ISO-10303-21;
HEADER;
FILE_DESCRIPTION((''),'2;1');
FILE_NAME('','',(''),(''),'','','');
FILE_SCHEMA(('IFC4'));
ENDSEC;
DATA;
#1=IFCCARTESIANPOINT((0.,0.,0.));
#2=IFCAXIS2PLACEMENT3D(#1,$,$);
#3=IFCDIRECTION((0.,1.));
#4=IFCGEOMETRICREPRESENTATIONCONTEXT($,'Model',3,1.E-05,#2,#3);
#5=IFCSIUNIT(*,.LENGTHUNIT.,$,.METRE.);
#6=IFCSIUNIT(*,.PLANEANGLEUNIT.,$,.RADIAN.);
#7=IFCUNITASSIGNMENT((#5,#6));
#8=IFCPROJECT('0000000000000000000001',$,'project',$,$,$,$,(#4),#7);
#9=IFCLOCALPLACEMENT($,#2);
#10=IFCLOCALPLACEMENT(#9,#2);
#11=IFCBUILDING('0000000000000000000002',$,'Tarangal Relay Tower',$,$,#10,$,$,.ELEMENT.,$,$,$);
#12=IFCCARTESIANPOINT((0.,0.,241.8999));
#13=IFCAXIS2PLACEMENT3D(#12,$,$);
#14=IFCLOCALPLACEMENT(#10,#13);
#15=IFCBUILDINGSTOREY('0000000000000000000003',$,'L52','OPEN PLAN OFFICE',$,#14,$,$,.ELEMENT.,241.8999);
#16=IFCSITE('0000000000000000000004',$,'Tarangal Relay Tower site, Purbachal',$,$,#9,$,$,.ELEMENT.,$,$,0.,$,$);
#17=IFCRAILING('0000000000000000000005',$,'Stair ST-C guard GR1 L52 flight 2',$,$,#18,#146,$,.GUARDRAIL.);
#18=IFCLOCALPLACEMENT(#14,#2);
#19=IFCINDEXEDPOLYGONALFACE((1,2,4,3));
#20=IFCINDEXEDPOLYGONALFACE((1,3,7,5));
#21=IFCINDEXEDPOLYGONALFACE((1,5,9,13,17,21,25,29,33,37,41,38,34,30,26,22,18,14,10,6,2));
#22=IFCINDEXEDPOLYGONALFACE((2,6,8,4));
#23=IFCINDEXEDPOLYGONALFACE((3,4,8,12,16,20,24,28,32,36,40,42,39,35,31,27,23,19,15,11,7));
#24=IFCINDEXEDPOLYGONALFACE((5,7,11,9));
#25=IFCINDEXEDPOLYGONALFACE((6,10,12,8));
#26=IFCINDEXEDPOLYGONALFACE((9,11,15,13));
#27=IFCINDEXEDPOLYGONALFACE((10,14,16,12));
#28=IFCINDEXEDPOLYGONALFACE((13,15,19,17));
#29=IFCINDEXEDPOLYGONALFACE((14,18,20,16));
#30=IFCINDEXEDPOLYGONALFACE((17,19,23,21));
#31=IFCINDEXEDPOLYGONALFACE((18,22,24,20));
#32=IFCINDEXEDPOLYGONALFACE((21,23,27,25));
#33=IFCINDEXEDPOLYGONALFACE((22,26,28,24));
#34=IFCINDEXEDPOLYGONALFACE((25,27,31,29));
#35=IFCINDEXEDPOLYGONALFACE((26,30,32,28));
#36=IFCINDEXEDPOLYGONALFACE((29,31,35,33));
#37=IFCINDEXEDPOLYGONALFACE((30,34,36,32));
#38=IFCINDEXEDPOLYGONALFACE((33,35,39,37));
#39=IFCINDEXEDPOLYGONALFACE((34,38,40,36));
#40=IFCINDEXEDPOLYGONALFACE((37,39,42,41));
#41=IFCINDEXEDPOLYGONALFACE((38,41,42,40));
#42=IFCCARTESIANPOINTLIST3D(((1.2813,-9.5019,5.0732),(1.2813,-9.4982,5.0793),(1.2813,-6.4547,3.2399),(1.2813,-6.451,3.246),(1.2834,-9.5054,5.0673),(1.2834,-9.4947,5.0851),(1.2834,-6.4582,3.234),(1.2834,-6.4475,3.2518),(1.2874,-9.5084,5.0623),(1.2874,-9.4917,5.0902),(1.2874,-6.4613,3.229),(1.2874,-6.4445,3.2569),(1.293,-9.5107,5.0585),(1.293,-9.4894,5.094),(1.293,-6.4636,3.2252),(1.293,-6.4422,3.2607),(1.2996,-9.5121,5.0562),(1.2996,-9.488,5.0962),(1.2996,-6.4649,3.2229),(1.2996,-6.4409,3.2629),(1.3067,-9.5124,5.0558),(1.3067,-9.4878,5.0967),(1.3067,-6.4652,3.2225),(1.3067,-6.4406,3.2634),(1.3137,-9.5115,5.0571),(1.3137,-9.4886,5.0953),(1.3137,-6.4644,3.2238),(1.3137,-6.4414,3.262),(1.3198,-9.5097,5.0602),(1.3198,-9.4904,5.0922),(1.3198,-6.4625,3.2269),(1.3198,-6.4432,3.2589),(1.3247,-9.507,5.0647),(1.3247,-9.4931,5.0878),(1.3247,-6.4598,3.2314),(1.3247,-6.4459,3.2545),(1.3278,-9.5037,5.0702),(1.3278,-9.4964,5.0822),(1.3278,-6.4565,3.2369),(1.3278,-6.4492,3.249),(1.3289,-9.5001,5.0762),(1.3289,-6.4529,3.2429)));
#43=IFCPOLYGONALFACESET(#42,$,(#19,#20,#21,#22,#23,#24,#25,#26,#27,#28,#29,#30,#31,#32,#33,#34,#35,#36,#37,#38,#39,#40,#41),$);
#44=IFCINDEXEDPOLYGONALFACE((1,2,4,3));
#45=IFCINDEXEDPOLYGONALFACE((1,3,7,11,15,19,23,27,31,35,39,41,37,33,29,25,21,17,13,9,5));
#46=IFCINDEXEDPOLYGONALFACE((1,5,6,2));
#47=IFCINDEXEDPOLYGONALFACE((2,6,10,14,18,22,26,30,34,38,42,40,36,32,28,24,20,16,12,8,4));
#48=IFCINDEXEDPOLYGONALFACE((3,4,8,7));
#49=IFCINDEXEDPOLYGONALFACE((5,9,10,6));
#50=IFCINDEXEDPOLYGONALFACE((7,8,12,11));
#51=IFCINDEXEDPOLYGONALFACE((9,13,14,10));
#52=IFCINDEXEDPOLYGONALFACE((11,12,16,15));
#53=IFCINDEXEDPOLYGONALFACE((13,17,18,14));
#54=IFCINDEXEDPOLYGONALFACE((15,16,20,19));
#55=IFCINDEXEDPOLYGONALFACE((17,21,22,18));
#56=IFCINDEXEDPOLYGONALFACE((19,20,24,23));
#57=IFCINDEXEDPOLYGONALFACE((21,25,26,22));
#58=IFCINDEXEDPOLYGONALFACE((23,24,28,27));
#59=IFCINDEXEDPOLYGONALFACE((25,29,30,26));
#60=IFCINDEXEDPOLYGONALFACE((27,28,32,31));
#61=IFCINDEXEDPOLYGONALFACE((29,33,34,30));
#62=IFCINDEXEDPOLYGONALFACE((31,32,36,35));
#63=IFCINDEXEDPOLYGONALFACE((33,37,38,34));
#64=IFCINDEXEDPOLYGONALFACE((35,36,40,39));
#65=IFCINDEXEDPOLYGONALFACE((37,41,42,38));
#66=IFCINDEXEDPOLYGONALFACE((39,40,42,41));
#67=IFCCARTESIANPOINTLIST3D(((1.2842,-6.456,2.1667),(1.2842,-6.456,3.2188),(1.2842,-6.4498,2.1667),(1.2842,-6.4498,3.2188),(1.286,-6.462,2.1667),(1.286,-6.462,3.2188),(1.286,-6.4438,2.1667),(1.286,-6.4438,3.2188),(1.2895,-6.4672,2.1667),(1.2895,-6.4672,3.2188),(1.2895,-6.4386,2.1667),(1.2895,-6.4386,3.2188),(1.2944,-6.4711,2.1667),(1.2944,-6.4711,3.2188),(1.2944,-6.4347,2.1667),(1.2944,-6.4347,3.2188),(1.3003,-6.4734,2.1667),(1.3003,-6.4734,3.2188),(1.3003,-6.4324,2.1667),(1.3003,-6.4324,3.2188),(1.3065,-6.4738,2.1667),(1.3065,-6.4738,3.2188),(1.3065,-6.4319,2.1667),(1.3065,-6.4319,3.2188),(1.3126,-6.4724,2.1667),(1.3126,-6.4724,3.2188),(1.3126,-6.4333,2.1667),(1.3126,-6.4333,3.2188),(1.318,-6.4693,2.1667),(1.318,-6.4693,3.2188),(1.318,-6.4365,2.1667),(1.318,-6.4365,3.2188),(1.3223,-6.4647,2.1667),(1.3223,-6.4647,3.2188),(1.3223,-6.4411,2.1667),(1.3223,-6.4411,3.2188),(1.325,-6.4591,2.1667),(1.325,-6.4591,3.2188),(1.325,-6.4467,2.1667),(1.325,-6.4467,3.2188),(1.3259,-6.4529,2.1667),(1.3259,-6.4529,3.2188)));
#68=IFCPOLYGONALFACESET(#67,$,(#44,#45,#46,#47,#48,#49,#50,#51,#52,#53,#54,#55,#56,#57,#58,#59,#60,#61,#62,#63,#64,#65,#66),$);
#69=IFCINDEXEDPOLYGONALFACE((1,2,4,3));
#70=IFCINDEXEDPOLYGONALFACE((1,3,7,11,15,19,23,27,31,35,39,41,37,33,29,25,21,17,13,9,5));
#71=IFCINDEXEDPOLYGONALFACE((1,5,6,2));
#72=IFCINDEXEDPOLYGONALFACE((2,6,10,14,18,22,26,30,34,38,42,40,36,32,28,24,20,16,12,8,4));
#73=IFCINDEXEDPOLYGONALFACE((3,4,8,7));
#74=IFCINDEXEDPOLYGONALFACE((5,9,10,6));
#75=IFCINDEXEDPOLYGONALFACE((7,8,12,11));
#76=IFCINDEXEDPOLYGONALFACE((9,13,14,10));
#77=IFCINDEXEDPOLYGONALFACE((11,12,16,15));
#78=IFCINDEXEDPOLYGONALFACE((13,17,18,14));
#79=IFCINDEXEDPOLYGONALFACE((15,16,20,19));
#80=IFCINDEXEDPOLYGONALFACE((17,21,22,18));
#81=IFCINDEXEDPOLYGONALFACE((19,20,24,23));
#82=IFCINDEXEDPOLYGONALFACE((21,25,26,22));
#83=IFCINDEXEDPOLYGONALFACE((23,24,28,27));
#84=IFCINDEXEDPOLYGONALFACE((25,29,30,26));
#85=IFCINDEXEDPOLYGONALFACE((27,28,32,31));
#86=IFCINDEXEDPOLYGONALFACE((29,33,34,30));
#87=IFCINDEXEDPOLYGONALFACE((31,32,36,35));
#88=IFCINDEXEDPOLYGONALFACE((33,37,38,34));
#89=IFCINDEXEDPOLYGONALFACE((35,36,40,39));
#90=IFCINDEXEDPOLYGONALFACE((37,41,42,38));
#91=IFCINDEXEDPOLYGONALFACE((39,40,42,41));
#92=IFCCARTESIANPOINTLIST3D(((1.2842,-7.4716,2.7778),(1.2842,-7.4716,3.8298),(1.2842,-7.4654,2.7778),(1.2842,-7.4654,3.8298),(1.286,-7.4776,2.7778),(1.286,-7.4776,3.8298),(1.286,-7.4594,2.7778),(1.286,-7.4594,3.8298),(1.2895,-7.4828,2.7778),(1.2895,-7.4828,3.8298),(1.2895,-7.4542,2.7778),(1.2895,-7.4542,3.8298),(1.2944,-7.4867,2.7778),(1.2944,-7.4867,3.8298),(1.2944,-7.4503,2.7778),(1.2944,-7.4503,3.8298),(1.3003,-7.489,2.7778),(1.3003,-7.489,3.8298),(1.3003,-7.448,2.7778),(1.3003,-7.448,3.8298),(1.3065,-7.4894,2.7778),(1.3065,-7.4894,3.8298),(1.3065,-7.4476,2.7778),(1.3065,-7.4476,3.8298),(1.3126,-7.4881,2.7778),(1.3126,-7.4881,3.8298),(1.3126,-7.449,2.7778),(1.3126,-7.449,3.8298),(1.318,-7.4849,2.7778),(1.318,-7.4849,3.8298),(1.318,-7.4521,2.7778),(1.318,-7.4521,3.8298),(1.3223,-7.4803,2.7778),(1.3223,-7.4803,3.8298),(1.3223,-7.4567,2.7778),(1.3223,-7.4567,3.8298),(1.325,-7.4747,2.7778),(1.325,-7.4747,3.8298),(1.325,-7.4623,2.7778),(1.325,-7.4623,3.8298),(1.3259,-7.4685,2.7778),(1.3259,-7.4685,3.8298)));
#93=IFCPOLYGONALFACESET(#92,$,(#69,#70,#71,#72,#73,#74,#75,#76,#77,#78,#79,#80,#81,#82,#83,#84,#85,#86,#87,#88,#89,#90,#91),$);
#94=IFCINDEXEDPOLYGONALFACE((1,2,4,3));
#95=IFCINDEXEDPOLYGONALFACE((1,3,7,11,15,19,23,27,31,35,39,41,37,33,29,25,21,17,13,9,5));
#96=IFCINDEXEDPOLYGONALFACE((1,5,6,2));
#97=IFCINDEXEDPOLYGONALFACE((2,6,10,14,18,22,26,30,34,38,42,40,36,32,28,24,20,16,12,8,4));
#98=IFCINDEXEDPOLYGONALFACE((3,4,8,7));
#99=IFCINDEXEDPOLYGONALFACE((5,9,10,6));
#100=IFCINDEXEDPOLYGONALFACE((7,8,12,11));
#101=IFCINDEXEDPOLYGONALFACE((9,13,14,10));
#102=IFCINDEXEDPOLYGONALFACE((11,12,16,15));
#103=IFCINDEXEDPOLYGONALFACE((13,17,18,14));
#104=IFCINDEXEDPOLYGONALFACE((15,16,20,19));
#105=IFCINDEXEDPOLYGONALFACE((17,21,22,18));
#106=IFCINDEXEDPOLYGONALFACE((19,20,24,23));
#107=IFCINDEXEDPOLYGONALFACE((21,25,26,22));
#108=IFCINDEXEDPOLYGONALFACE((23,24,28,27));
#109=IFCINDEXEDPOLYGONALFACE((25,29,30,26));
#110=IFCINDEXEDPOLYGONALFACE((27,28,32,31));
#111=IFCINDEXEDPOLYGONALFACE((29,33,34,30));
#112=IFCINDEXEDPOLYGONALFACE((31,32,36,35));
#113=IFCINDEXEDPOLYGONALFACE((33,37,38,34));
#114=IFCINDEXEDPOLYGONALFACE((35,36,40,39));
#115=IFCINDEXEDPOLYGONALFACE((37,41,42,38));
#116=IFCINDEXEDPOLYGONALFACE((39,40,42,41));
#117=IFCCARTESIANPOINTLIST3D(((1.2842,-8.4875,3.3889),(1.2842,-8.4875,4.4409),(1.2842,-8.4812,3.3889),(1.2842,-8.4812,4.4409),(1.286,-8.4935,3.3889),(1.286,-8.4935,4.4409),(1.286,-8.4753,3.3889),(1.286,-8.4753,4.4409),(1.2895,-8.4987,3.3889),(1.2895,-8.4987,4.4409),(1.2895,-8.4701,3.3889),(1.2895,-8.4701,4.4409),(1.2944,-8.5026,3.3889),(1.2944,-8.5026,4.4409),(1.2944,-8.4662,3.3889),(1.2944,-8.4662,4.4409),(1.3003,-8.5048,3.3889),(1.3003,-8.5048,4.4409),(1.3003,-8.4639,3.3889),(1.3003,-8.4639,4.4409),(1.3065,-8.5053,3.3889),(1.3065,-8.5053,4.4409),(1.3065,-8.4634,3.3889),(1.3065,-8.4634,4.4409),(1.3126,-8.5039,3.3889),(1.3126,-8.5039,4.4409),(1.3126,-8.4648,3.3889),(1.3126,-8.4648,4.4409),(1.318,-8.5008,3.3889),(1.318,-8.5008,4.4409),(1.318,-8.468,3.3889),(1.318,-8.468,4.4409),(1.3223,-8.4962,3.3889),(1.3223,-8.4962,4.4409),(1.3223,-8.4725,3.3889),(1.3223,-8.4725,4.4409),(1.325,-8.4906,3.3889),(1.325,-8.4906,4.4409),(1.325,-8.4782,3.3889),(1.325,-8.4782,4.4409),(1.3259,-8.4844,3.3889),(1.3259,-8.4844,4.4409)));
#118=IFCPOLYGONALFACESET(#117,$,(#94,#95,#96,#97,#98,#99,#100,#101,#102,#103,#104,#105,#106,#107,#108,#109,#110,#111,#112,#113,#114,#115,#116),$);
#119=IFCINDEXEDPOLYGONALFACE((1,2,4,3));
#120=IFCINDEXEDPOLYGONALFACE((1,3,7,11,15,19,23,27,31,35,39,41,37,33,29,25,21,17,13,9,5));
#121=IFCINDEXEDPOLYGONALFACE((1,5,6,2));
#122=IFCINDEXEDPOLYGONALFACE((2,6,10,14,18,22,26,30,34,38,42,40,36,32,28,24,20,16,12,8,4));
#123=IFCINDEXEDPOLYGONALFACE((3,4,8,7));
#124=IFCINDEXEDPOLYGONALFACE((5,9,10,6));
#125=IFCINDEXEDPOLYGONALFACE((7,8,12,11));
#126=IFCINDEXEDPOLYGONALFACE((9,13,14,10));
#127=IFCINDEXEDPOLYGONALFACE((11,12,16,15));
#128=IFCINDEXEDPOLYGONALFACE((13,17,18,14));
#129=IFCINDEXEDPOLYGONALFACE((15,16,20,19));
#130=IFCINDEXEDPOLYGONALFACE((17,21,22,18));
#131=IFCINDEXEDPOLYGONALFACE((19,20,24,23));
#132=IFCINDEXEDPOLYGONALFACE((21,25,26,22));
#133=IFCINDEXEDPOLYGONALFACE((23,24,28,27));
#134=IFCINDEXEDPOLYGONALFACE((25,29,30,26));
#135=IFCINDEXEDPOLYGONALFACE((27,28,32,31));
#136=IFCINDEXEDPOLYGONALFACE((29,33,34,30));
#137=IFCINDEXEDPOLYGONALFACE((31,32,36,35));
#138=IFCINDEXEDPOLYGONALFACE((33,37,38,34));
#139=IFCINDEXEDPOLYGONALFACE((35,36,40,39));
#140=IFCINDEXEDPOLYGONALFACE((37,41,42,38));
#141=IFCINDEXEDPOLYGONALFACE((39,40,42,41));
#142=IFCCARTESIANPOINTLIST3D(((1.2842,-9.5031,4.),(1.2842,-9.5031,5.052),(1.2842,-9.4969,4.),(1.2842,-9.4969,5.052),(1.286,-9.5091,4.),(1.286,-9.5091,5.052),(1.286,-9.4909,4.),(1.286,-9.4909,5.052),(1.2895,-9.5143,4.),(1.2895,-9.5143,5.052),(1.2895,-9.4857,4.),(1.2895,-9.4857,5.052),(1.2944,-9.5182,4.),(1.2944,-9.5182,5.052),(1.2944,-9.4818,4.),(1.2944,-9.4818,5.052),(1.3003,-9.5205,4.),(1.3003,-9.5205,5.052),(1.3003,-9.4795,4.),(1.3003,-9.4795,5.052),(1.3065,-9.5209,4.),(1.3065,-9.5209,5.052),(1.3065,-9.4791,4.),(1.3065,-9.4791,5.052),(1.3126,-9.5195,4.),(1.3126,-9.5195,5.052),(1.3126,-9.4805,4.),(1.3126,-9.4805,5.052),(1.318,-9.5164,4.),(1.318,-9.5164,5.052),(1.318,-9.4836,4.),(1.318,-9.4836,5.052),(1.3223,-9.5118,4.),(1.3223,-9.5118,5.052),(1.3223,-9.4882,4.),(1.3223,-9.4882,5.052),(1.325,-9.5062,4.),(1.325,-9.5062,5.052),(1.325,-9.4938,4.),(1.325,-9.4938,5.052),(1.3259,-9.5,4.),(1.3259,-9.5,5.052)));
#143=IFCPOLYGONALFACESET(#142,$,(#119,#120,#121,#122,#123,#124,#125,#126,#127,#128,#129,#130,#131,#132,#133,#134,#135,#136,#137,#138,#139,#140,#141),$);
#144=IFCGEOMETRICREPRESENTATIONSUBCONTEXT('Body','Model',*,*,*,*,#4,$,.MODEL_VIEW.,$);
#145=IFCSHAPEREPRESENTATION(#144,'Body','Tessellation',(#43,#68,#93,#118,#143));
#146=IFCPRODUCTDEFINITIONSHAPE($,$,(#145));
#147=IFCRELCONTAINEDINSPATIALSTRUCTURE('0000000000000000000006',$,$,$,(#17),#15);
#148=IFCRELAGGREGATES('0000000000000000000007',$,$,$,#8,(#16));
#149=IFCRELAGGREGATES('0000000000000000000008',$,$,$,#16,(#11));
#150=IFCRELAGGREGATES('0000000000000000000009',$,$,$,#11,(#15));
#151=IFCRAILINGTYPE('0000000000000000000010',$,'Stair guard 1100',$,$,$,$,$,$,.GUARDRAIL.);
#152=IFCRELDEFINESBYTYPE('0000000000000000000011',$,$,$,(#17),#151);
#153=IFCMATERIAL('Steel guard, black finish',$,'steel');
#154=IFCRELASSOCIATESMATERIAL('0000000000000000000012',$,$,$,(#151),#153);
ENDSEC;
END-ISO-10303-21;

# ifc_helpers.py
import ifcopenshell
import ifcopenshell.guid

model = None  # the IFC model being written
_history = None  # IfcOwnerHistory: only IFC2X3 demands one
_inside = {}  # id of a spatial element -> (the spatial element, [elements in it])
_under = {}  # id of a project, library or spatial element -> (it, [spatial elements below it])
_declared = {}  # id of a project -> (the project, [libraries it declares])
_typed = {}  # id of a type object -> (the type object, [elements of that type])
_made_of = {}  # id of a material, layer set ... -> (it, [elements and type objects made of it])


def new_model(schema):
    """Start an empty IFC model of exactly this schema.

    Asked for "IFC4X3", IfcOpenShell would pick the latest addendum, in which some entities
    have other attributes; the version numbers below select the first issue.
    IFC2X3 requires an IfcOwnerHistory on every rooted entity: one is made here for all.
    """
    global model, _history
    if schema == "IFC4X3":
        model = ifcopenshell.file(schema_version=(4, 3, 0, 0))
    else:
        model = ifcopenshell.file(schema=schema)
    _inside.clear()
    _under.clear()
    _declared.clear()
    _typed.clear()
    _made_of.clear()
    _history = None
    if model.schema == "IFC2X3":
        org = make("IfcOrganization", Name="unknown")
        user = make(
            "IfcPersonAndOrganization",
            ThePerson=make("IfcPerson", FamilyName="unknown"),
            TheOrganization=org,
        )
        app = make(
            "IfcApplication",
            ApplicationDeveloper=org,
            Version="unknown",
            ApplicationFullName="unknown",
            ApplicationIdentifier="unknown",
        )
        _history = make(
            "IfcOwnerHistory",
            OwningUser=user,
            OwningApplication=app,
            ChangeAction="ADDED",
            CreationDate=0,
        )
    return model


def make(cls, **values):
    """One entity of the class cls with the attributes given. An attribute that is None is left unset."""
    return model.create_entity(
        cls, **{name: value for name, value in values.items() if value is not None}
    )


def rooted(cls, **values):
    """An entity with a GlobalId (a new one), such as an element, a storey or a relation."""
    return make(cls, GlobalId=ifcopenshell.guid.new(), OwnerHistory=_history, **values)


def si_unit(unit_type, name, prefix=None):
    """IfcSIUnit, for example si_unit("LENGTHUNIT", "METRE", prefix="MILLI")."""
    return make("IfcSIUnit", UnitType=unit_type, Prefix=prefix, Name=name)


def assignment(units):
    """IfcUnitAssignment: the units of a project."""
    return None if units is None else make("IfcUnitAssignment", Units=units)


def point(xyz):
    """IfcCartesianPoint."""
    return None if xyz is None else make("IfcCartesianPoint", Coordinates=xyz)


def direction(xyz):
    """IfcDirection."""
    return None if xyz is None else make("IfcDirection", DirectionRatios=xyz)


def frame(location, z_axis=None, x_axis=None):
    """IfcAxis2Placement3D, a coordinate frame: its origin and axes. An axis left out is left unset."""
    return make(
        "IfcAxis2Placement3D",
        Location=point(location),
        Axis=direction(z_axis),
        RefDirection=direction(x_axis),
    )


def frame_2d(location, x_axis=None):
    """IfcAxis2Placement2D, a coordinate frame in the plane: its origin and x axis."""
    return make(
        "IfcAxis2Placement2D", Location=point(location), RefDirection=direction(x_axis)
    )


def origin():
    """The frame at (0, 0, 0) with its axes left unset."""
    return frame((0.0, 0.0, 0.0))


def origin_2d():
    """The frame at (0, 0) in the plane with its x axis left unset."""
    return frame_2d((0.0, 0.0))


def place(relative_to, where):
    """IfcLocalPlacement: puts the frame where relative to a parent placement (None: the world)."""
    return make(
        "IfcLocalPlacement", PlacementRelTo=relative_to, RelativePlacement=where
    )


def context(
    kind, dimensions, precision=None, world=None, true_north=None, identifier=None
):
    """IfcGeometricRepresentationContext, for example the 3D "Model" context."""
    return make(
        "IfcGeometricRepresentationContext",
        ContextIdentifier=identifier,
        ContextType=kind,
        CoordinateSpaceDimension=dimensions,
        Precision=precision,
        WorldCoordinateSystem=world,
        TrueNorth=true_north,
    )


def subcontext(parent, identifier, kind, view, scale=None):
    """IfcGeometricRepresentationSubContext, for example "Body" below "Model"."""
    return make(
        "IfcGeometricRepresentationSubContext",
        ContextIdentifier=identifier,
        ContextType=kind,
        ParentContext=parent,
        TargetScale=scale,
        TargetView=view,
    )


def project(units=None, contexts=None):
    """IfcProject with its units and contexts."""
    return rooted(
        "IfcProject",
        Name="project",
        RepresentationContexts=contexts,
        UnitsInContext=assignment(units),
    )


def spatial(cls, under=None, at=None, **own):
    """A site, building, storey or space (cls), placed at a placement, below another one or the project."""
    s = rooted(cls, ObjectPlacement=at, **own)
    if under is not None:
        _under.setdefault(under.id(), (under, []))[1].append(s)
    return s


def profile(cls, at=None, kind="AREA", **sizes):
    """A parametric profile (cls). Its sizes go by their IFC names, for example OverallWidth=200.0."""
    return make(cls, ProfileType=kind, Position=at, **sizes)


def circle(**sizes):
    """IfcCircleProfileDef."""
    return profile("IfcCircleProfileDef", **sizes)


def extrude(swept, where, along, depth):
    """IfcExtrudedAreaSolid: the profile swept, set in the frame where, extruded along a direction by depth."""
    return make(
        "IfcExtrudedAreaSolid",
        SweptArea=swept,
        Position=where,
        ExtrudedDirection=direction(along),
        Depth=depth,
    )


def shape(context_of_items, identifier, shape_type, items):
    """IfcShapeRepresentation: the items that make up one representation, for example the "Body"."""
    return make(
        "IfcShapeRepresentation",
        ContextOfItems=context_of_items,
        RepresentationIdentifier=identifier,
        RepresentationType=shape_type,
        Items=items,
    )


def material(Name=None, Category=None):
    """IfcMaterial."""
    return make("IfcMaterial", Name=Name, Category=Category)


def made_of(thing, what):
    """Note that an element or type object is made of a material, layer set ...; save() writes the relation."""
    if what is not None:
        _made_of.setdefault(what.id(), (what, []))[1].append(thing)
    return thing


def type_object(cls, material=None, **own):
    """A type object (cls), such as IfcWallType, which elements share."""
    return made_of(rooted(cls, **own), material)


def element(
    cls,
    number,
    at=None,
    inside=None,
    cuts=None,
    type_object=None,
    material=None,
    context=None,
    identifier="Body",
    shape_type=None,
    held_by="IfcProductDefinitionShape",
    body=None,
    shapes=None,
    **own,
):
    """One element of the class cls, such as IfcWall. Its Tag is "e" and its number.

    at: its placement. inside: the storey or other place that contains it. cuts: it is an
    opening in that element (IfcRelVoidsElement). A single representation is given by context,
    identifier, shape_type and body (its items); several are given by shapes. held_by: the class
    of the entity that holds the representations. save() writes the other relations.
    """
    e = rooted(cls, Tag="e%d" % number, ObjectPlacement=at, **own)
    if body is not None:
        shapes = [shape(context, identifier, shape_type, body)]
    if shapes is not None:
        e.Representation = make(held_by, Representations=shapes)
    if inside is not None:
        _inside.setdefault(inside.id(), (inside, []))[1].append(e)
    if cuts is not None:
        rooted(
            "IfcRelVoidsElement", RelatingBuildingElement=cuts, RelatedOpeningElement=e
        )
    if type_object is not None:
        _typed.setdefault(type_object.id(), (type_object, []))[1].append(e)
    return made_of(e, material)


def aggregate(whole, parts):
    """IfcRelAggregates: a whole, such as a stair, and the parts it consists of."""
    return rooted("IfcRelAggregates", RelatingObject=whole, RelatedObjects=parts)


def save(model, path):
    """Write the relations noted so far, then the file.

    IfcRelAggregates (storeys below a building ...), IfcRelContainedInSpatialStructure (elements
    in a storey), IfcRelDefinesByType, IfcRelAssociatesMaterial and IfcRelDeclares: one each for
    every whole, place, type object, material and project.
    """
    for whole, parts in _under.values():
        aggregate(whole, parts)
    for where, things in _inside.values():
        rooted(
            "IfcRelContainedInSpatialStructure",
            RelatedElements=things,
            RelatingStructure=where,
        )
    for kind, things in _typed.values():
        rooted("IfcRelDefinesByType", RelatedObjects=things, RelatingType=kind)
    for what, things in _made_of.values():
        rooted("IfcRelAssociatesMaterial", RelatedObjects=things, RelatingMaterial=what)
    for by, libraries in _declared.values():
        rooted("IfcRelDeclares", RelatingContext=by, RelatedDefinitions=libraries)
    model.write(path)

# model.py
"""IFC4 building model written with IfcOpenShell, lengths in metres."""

from ifc_helpers import new_model, si_unit, direction, frame, origin, origin_2d, place, context, subcontext, project, spatial, circle, extrude, material, type_object, element, save


model = new_model("IFC4")

# Units and contexts
model_context = context("Model", 3, precision=1e-05, world=origin(), true_north=direction((0.0, 1.0)))
body_context = subcontext(model_context, "Body", "Model", "MODEL_VIEW")
ifc_project = project(units=[si_unit("LENGTHUNIT", "METRE"), si_unit("PLANEANGLEUNIT", "RADIAN")], contexts=[model_context])

# Site, building, storey
site_placement = place(None, origin())
site = spatial("IfcSite", under=ifc_project, at=site_placement, Name="Tarangal Relay Tower site, Purbachal", CompositionType="ELEMENT", RefElevation=0.0)
building_placement = place(site_placement, origin())
building = spatial("IfcBuilding", under=site, at=building_placement, Name="Tarangal Relay Tower", CompositionType="ELEMENT")
storey_placement = place(building_placement, frame((0.0, 0.0, 241.8999)))
storey = spatial("IfcBuildingStorey", under=building, at=storey_placement, Name="L52", Description="OPEN PLAN OFFICE", CompositionType="ELEMENT", Elevation=241.8999)

# Railing
ifc_material_1 = material(Name="Steel guard, black finish", Category="steel")
railing_type_1 = type_object("IfcRailingType", Name="Stair guard 1100", PredefinedType="GUARDRAIL", material=ifc_material_1)
railing_1_placement = place(storey_placement, frame((1.3049, -6.4529, 2.1667)))
element("IfcRailing", 1, at=railing_1_placement, inside=storey, type_object=railing_type_1, Name="Stair ST-C guard GR1 L52 flight 2", PredefinedType="GUARDRAIL", context=body_context, shape_type="SweptSolid", body=[
    extrude(circle(Radius=0.0239, at=origin_2d()), frame((0.0, 0.0, 1.0762), z_axis=(0.0, -0.856874, 0.515525), x_axis=(1.0, 0.0, 0.0)), (0.0, 0.0, 1.0), 3.5562),
    extrude(circle(Radius=0.021, at=origin_2d()), origin(), (0.0, 0.0, 1.0), 1.052),
    extrude(circle(Radius=0.021, at=origin_2d()), frame((0.0, -1.0156, 0.6111)), (0.0, 0.0, 1.0), 1.052),
    extrude(circle(Radius=0.021, at=origin_2d()), frame((0.0, -2.0315, 1.2222)), (0.0, 0.0, 1.0), 1.052),
    extrude(circle(Radius=0.021, at=origin_2d()), frame((0.0, -3.0471, 1.8333)), (0.0, 0.0, 1.0), 1.052),
])

save(model, "model.ifc")
